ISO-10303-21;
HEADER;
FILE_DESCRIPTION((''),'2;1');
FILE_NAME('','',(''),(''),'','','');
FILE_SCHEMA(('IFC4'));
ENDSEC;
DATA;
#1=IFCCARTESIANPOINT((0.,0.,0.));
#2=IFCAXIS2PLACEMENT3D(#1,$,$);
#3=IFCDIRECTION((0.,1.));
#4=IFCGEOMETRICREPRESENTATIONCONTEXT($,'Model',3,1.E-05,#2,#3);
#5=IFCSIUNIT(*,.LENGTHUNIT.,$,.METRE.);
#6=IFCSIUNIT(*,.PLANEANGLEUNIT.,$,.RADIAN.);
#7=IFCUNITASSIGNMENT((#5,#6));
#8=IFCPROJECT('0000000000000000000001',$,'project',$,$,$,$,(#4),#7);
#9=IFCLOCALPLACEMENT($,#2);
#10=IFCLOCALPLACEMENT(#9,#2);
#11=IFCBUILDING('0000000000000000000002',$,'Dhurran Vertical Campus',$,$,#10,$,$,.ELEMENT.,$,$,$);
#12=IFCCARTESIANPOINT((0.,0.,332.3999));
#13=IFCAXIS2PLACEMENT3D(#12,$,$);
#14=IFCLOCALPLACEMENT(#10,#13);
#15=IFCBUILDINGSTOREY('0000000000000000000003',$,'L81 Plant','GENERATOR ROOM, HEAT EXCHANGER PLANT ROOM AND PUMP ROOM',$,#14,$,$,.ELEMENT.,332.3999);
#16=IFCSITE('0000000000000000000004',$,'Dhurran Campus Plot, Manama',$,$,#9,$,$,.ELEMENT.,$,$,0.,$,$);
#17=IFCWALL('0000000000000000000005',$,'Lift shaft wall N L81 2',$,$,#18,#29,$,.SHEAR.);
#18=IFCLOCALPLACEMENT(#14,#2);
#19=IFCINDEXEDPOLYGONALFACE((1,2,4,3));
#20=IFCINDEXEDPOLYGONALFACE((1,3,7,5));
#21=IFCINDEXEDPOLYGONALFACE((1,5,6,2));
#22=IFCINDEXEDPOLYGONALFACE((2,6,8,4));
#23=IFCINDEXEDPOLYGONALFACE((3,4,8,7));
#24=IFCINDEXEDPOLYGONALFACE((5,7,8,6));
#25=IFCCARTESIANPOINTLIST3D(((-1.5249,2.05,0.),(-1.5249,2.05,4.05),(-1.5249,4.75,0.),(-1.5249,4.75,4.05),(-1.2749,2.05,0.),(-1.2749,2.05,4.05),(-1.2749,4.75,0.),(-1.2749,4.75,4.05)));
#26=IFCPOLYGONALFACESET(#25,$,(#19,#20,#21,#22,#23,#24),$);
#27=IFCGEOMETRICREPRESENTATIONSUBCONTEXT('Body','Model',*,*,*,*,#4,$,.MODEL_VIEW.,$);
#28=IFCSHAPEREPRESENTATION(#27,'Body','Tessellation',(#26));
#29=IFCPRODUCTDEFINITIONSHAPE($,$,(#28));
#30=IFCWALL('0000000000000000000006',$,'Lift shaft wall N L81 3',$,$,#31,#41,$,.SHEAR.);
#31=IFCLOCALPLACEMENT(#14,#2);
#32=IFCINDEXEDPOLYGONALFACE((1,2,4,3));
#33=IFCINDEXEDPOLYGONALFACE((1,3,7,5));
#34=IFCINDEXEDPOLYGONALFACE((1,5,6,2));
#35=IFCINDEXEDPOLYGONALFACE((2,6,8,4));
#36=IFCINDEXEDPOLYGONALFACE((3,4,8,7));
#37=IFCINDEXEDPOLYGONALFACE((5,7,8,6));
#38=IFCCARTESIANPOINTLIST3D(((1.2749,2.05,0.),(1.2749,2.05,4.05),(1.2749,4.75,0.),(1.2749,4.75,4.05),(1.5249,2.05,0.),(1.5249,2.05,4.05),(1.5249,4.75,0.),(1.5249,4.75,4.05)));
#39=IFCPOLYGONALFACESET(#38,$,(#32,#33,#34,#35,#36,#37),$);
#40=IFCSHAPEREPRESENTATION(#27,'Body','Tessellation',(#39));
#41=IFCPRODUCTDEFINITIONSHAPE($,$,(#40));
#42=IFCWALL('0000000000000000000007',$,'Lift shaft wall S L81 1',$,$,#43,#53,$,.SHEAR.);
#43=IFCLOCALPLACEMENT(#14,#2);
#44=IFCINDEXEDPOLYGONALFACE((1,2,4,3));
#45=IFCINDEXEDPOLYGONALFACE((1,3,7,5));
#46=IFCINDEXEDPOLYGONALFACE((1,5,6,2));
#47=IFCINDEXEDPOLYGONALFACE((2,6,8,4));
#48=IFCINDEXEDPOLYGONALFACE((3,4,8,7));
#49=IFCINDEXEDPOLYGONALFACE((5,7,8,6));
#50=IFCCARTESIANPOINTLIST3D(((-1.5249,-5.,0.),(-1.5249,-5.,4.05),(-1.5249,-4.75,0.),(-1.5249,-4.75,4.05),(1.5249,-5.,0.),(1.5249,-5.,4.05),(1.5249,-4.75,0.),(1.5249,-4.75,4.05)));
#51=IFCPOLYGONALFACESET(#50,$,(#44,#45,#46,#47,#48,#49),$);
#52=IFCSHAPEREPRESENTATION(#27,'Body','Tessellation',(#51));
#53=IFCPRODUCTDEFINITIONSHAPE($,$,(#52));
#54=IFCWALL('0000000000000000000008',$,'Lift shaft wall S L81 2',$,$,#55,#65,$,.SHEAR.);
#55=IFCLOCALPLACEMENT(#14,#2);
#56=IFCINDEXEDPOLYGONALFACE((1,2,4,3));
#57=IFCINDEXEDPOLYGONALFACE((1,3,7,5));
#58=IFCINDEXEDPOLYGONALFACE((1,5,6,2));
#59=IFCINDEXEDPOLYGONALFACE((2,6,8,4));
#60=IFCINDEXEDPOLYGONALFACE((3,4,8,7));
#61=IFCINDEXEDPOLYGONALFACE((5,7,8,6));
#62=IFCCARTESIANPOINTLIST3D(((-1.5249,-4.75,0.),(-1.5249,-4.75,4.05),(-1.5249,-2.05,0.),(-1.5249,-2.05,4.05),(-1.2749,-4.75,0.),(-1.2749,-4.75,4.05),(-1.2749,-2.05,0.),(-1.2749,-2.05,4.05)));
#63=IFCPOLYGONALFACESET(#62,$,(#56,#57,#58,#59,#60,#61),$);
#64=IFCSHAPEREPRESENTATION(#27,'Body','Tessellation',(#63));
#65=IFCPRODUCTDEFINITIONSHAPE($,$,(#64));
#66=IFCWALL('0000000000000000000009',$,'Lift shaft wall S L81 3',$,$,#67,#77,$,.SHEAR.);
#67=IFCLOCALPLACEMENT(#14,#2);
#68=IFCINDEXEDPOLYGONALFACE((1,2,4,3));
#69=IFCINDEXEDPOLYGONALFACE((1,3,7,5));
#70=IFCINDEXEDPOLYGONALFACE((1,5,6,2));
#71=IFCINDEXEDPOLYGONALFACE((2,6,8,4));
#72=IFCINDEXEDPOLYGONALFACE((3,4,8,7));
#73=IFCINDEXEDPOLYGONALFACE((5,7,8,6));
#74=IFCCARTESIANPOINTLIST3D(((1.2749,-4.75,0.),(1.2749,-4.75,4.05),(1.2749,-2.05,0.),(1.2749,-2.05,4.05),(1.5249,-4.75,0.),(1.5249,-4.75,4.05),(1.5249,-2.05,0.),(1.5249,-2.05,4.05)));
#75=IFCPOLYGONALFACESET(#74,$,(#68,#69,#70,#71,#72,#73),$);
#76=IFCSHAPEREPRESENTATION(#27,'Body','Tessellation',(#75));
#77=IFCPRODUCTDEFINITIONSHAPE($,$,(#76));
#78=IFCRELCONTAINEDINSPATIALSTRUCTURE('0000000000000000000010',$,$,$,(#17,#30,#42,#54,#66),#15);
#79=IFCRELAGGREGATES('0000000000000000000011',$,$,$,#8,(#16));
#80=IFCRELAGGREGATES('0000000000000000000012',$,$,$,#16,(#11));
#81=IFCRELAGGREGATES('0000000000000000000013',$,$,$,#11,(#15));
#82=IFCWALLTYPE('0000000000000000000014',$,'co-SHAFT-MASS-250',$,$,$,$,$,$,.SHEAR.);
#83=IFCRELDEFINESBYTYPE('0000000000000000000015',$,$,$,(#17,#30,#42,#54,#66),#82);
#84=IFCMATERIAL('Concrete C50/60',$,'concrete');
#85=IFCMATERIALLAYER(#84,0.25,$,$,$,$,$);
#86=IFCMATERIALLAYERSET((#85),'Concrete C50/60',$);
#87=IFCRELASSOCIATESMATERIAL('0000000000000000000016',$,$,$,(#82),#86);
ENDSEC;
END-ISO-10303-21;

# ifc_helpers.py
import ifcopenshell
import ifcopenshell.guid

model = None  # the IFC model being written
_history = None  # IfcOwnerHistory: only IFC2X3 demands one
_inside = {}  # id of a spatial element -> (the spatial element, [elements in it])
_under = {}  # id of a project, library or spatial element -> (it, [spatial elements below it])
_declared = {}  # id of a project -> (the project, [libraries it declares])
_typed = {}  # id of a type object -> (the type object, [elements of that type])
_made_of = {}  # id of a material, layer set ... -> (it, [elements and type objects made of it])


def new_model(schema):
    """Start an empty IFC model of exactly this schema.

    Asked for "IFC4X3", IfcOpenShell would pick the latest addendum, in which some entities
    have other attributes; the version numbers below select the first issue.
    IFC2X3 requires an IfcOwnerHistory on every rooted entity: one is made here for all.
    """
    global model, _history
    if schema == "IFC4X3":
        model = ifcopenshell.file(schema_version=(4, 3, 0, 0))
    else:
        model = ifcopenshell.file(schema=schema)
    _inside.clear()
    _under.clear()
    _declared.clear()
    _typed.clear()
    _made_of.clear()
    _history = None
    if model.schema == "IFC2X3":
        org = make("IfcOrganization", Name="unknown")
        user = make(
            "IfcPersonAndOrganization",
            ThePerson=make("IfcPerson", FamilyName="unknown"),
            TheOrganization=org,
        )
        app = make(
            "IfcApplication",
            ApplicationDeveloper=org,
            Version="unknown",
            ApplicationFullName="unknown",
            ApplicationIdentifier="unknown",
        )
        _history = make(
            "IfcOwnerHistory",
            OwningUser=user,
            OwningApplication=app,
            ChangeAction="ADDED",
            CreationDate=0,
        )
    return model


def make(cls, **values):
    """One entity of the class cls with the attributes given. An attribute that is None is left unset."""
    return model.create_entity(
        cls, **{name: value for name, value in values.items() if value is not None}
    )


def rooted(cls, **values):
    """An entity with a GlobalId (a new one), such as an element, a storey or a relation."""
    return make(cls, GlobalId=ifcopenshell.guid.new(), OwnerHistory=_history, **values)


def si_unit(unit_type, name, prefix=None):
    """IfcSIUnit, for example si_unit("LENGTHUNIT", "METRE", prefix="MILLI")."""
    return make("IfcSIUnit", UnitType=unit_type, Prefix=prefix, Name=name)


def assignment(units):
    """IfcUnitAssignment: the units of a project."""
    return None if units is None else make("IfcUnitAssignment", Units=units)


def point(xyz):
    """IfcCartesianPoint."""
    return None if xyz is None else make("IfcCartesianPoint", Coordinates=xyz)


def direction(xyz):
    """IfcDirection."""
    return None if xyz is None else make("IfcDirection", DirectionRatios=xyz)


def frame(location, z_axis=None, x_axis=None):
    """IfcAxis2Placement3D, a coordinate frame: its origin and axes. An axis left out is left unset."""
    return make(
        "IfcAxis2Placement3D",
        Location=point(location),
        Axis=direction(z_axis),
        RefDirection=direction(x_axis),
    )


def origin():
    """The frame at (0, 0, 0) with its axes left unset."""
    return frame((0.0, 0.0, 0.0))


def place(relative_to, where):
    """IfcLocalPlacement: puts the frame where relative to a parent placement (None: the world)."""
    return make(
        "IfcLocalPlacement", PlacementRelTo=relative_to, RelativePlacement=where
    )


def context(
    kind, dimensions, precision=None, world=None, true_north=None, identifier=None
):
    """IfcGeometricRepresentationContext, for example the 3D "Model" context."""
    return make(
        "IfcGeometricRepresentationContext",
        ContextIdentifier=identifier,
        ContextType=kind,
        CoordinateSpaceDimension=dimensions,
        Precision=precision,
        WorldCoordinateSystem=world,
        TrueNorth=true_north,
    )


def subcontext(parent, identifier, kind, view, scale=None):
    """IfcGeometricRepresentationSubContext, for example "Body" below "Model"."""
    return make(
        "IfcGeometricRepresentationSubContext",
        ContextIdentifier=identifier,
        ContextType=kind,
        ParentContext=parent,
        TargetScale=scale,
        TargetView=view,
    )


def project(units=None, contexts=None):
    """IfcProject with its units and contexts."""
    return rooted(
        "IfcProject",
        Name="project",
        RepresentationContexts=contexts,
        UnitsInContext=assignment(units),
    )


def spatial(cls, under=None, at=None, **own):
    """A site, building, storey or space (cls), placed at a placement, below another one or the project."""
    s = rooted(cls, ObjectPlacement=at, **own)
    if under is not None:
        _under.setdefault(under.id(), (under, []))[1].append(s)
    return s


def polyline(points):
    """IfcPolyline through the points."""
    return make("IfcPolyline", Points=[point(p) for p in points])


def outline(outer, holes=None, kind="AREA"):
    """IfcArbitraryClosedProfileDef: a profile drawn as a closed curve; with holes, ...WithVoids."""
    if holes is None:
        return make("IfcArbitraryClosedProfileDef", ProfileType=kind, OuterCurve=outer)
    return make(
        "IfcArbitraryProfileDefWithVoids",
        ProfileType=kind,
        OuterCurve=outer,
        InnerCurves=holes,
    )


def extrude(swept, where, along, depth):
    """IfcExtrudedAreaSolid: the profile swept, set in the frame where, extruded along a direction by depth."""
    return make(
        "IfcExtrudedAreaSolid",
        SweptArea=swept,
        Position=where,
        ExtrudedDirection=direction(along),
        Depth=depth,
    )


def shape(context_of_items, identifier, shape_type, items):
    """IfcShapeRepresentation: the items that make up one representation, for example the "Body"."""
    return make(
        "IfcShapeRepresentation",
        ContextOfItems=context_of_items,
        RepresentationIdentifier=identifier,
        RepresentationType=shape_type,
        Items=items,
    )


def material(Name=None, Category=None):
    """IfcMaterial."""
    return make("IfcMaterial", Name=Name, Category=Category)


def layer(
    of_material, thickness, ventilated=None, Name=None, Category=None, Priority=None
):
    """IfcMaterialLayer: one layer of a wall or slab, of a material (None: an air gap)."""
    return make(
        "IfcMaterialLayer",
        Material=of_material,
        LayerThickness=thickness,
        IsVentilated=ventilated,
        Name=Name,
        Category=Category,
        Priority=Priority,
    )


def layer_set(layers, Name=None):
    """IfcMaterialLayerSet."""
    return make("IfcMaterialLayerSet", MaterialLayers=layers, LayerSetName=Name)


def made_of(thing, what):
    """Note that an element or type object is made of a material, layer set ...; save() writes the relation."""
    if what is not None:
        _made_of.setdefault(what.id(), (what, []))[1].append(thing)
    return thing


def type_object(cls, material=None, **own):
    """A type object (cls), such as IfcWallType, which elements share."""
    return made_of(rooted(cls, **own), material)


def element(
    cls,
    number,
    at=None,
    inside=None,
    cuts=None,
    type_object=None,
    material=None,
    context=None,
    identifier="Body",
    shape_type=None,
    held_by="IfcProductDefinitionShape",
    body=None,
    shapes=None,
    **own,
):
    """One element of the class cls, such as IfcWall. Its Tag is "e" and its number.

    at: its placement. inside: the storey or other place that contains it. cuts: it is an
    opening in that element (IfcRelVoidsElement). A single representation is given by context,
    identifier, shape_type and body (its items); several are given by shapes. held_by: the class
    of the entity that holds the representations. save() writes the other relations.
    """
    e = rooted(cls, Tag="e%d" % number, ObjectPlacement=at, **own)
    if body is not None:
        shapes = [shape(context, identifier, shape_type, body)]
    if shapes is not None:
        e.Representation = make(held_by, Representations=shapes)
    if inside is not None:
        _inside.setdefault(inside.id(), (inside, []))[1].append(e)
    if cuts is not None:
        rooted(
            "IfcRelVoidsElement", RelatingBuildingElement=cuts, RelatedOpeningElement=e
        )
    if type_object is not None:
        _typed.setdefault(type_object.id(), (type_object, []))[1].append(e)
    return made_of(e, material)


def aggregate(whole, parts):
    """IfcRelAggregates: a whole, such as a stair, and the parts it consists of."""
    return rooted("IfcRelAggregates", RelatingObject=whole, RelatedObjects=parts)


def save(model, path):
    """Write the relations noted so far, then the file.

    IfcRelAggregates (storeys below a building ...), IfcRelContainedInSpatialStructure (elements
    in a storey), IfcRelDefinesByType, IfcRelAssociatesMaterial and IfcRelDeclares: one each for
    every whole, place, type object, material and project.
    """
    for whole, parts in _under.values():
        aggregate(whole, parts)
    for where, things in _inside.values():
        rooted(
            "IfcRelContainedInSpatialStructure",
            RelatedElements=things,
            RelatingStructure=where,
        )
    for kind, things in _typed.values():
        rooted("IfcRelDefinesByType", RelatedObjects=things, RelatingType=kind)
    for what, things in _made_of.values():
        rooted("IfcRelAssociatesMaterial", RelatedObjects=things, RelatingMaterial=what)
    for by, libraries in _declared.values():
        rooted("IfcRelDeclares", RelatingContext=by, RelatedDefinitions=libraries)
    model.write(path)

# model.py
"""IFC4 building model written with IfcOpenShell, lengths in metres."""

from ifc_helpers import new_model, si_unit, direction, frame, origin, place, context, subcontext, project, spatial, polyline, outline, extrude, material, layer, layer_set, type_object, element, save


model = new_model("IFC4")

# Units and contexts
model_context = context("Model", 3, precision=1e-05, world=origin(), true_north=direction((0.0, 1.0)))
body_context = subcontext(model_context, "Body", "Model", "MODEL_VIEW")
ifc_project = project(units=[si_unit("LENGTHUNIT", "METRE"), si_unit("PLANEANGLEUNIT", "RADIAN")], contexts=[model_context])

# Site, building, storey
site_placement = place(None, origin())
site = spatial("IfcSite", under=ifc_project, at=site_placement, Name="Dhurran Campus Plot, Manama", CompositionType="ELEMENT", RefElevation=0.0)
building_placement = place(site_placement, origin())
building = spatial("IfcBuilding", under=site, at=building_placement, Name="Dhurran Vertical Campus", CompositionType="ELEMENT")
storey_placement = place(building_placement, frame((0.0, 0.0, 332.3999)))
storey = spatial("IfcBuildingStorey", under=building, at=storey_placement, Name="L81 Plant", Description="GENERATOR ROOM, HEAT EXCHANGER PLANT ROOM AND PUMP ROOM", CompositionType="ELEMENT", Elevation=332.3999)

# Walls
ifc_material_1 = material(Name="Concrete C50/60", Category="concrete")
ifc_layer_1 = layer(ifc_material_1, 0.25)
ifc_layer_set_1 = layer_set([ifc_layer_1], Name="Concrete C50/60")
wall_type_1 = type_object("IfcWallType", Name="co-SHAFT-MASS-250", PredefinedType="SHEAR", material=ifc_layer_set_1)
wall_1_placement = place(storey_placement, origin())
element("IfcWall", 1, at=wall_1_placement, inside=storey, type_object=wall_type_1, Name="Lift shaft wall N L81 2", PredefinedType="SHEAR", context=body_context, shape_type="SweptSolid", body=[
    extrude(outline(polyline([(-1.5249, 2.05), (-1.2749, 2.05), (-1.2749, 4.75), (-1.5249, 4.75), (-1.5249, 2.05)])), origin(), (0.0, 0.0, 1.0), 4.05),
])
wall_2_placement = place(storey_placement, origin())
element("IfcWall", 2, at=wall_2_placement, inside=storey, type_object=wall_type_1, Name="Lift shaft wall N L81 3", PredefinedType="SHEAR", context=body_context, shape_type="SweptSolid", body=[
    extrude(outline(polyline([(1.2749, 2.05), (1.5249, 2.05), (1.5249, 4.75), (1.2749, 4.75), (1.2749, 2.05)])), origin(), (0.0, 0.0, 1.0), 4.05),
])
wall_3_placement = place(storey_placement, origin())
element("IfcWall", 3, at=wall_3_placement, inside=storey, type_object=wall_type_1, Name="Lift shaft wall S L81 1", PredefinedType="SHEAR", context=body_context, shape_type="SweptSolid", body=[
    extrude(outline(polyline([(-1.5249, -5.0), (1.5249, -5.0), (1.5249, -4.75), (-1.5249, -4.75), (-1.5249, -5.0)])), origin(), (0.0, 0.0, 1.0), 4.05),
])
wall_4_placement = place(storey_placement, origin())
element("IfcWall", 4, at=wall_4_placement, inside=storey, type_object=wall_type_1, Name="Lift shaft wall S L81 2", PredefinedType="SHEAR", context=body_context, shape_type="SweptSolid", body=[
    extrude(outline(polyline([(-1.5249, -4.75), (-1.2749, -4.75), (-1.2749, -2.05), (-1.5249, -2.05), (-1.5249, -4.75)])), origin(), (0.0, 0.0, 1.0), 4.05),
])
wall_5_placement = place(storey_placement, origin())
element("IfcWall", 5, at=wall_5_placement, inside=storey, type_object=wall_type_1, Name="Lift shaft wall S L81 3", PredefinedType="SHEAR", context=body_context, shape_type="SweptSolid", body=[
    extrude(outline(polyline([(1.2749, -4.75), (1.5249, -4.75), (1.5249, -2.05), (1.2749, -2.05), (1.2749, -4.75)])), origin(), (0.0, 0.0, 1.0), 4.05),
])

save(model, "model.ifc")
